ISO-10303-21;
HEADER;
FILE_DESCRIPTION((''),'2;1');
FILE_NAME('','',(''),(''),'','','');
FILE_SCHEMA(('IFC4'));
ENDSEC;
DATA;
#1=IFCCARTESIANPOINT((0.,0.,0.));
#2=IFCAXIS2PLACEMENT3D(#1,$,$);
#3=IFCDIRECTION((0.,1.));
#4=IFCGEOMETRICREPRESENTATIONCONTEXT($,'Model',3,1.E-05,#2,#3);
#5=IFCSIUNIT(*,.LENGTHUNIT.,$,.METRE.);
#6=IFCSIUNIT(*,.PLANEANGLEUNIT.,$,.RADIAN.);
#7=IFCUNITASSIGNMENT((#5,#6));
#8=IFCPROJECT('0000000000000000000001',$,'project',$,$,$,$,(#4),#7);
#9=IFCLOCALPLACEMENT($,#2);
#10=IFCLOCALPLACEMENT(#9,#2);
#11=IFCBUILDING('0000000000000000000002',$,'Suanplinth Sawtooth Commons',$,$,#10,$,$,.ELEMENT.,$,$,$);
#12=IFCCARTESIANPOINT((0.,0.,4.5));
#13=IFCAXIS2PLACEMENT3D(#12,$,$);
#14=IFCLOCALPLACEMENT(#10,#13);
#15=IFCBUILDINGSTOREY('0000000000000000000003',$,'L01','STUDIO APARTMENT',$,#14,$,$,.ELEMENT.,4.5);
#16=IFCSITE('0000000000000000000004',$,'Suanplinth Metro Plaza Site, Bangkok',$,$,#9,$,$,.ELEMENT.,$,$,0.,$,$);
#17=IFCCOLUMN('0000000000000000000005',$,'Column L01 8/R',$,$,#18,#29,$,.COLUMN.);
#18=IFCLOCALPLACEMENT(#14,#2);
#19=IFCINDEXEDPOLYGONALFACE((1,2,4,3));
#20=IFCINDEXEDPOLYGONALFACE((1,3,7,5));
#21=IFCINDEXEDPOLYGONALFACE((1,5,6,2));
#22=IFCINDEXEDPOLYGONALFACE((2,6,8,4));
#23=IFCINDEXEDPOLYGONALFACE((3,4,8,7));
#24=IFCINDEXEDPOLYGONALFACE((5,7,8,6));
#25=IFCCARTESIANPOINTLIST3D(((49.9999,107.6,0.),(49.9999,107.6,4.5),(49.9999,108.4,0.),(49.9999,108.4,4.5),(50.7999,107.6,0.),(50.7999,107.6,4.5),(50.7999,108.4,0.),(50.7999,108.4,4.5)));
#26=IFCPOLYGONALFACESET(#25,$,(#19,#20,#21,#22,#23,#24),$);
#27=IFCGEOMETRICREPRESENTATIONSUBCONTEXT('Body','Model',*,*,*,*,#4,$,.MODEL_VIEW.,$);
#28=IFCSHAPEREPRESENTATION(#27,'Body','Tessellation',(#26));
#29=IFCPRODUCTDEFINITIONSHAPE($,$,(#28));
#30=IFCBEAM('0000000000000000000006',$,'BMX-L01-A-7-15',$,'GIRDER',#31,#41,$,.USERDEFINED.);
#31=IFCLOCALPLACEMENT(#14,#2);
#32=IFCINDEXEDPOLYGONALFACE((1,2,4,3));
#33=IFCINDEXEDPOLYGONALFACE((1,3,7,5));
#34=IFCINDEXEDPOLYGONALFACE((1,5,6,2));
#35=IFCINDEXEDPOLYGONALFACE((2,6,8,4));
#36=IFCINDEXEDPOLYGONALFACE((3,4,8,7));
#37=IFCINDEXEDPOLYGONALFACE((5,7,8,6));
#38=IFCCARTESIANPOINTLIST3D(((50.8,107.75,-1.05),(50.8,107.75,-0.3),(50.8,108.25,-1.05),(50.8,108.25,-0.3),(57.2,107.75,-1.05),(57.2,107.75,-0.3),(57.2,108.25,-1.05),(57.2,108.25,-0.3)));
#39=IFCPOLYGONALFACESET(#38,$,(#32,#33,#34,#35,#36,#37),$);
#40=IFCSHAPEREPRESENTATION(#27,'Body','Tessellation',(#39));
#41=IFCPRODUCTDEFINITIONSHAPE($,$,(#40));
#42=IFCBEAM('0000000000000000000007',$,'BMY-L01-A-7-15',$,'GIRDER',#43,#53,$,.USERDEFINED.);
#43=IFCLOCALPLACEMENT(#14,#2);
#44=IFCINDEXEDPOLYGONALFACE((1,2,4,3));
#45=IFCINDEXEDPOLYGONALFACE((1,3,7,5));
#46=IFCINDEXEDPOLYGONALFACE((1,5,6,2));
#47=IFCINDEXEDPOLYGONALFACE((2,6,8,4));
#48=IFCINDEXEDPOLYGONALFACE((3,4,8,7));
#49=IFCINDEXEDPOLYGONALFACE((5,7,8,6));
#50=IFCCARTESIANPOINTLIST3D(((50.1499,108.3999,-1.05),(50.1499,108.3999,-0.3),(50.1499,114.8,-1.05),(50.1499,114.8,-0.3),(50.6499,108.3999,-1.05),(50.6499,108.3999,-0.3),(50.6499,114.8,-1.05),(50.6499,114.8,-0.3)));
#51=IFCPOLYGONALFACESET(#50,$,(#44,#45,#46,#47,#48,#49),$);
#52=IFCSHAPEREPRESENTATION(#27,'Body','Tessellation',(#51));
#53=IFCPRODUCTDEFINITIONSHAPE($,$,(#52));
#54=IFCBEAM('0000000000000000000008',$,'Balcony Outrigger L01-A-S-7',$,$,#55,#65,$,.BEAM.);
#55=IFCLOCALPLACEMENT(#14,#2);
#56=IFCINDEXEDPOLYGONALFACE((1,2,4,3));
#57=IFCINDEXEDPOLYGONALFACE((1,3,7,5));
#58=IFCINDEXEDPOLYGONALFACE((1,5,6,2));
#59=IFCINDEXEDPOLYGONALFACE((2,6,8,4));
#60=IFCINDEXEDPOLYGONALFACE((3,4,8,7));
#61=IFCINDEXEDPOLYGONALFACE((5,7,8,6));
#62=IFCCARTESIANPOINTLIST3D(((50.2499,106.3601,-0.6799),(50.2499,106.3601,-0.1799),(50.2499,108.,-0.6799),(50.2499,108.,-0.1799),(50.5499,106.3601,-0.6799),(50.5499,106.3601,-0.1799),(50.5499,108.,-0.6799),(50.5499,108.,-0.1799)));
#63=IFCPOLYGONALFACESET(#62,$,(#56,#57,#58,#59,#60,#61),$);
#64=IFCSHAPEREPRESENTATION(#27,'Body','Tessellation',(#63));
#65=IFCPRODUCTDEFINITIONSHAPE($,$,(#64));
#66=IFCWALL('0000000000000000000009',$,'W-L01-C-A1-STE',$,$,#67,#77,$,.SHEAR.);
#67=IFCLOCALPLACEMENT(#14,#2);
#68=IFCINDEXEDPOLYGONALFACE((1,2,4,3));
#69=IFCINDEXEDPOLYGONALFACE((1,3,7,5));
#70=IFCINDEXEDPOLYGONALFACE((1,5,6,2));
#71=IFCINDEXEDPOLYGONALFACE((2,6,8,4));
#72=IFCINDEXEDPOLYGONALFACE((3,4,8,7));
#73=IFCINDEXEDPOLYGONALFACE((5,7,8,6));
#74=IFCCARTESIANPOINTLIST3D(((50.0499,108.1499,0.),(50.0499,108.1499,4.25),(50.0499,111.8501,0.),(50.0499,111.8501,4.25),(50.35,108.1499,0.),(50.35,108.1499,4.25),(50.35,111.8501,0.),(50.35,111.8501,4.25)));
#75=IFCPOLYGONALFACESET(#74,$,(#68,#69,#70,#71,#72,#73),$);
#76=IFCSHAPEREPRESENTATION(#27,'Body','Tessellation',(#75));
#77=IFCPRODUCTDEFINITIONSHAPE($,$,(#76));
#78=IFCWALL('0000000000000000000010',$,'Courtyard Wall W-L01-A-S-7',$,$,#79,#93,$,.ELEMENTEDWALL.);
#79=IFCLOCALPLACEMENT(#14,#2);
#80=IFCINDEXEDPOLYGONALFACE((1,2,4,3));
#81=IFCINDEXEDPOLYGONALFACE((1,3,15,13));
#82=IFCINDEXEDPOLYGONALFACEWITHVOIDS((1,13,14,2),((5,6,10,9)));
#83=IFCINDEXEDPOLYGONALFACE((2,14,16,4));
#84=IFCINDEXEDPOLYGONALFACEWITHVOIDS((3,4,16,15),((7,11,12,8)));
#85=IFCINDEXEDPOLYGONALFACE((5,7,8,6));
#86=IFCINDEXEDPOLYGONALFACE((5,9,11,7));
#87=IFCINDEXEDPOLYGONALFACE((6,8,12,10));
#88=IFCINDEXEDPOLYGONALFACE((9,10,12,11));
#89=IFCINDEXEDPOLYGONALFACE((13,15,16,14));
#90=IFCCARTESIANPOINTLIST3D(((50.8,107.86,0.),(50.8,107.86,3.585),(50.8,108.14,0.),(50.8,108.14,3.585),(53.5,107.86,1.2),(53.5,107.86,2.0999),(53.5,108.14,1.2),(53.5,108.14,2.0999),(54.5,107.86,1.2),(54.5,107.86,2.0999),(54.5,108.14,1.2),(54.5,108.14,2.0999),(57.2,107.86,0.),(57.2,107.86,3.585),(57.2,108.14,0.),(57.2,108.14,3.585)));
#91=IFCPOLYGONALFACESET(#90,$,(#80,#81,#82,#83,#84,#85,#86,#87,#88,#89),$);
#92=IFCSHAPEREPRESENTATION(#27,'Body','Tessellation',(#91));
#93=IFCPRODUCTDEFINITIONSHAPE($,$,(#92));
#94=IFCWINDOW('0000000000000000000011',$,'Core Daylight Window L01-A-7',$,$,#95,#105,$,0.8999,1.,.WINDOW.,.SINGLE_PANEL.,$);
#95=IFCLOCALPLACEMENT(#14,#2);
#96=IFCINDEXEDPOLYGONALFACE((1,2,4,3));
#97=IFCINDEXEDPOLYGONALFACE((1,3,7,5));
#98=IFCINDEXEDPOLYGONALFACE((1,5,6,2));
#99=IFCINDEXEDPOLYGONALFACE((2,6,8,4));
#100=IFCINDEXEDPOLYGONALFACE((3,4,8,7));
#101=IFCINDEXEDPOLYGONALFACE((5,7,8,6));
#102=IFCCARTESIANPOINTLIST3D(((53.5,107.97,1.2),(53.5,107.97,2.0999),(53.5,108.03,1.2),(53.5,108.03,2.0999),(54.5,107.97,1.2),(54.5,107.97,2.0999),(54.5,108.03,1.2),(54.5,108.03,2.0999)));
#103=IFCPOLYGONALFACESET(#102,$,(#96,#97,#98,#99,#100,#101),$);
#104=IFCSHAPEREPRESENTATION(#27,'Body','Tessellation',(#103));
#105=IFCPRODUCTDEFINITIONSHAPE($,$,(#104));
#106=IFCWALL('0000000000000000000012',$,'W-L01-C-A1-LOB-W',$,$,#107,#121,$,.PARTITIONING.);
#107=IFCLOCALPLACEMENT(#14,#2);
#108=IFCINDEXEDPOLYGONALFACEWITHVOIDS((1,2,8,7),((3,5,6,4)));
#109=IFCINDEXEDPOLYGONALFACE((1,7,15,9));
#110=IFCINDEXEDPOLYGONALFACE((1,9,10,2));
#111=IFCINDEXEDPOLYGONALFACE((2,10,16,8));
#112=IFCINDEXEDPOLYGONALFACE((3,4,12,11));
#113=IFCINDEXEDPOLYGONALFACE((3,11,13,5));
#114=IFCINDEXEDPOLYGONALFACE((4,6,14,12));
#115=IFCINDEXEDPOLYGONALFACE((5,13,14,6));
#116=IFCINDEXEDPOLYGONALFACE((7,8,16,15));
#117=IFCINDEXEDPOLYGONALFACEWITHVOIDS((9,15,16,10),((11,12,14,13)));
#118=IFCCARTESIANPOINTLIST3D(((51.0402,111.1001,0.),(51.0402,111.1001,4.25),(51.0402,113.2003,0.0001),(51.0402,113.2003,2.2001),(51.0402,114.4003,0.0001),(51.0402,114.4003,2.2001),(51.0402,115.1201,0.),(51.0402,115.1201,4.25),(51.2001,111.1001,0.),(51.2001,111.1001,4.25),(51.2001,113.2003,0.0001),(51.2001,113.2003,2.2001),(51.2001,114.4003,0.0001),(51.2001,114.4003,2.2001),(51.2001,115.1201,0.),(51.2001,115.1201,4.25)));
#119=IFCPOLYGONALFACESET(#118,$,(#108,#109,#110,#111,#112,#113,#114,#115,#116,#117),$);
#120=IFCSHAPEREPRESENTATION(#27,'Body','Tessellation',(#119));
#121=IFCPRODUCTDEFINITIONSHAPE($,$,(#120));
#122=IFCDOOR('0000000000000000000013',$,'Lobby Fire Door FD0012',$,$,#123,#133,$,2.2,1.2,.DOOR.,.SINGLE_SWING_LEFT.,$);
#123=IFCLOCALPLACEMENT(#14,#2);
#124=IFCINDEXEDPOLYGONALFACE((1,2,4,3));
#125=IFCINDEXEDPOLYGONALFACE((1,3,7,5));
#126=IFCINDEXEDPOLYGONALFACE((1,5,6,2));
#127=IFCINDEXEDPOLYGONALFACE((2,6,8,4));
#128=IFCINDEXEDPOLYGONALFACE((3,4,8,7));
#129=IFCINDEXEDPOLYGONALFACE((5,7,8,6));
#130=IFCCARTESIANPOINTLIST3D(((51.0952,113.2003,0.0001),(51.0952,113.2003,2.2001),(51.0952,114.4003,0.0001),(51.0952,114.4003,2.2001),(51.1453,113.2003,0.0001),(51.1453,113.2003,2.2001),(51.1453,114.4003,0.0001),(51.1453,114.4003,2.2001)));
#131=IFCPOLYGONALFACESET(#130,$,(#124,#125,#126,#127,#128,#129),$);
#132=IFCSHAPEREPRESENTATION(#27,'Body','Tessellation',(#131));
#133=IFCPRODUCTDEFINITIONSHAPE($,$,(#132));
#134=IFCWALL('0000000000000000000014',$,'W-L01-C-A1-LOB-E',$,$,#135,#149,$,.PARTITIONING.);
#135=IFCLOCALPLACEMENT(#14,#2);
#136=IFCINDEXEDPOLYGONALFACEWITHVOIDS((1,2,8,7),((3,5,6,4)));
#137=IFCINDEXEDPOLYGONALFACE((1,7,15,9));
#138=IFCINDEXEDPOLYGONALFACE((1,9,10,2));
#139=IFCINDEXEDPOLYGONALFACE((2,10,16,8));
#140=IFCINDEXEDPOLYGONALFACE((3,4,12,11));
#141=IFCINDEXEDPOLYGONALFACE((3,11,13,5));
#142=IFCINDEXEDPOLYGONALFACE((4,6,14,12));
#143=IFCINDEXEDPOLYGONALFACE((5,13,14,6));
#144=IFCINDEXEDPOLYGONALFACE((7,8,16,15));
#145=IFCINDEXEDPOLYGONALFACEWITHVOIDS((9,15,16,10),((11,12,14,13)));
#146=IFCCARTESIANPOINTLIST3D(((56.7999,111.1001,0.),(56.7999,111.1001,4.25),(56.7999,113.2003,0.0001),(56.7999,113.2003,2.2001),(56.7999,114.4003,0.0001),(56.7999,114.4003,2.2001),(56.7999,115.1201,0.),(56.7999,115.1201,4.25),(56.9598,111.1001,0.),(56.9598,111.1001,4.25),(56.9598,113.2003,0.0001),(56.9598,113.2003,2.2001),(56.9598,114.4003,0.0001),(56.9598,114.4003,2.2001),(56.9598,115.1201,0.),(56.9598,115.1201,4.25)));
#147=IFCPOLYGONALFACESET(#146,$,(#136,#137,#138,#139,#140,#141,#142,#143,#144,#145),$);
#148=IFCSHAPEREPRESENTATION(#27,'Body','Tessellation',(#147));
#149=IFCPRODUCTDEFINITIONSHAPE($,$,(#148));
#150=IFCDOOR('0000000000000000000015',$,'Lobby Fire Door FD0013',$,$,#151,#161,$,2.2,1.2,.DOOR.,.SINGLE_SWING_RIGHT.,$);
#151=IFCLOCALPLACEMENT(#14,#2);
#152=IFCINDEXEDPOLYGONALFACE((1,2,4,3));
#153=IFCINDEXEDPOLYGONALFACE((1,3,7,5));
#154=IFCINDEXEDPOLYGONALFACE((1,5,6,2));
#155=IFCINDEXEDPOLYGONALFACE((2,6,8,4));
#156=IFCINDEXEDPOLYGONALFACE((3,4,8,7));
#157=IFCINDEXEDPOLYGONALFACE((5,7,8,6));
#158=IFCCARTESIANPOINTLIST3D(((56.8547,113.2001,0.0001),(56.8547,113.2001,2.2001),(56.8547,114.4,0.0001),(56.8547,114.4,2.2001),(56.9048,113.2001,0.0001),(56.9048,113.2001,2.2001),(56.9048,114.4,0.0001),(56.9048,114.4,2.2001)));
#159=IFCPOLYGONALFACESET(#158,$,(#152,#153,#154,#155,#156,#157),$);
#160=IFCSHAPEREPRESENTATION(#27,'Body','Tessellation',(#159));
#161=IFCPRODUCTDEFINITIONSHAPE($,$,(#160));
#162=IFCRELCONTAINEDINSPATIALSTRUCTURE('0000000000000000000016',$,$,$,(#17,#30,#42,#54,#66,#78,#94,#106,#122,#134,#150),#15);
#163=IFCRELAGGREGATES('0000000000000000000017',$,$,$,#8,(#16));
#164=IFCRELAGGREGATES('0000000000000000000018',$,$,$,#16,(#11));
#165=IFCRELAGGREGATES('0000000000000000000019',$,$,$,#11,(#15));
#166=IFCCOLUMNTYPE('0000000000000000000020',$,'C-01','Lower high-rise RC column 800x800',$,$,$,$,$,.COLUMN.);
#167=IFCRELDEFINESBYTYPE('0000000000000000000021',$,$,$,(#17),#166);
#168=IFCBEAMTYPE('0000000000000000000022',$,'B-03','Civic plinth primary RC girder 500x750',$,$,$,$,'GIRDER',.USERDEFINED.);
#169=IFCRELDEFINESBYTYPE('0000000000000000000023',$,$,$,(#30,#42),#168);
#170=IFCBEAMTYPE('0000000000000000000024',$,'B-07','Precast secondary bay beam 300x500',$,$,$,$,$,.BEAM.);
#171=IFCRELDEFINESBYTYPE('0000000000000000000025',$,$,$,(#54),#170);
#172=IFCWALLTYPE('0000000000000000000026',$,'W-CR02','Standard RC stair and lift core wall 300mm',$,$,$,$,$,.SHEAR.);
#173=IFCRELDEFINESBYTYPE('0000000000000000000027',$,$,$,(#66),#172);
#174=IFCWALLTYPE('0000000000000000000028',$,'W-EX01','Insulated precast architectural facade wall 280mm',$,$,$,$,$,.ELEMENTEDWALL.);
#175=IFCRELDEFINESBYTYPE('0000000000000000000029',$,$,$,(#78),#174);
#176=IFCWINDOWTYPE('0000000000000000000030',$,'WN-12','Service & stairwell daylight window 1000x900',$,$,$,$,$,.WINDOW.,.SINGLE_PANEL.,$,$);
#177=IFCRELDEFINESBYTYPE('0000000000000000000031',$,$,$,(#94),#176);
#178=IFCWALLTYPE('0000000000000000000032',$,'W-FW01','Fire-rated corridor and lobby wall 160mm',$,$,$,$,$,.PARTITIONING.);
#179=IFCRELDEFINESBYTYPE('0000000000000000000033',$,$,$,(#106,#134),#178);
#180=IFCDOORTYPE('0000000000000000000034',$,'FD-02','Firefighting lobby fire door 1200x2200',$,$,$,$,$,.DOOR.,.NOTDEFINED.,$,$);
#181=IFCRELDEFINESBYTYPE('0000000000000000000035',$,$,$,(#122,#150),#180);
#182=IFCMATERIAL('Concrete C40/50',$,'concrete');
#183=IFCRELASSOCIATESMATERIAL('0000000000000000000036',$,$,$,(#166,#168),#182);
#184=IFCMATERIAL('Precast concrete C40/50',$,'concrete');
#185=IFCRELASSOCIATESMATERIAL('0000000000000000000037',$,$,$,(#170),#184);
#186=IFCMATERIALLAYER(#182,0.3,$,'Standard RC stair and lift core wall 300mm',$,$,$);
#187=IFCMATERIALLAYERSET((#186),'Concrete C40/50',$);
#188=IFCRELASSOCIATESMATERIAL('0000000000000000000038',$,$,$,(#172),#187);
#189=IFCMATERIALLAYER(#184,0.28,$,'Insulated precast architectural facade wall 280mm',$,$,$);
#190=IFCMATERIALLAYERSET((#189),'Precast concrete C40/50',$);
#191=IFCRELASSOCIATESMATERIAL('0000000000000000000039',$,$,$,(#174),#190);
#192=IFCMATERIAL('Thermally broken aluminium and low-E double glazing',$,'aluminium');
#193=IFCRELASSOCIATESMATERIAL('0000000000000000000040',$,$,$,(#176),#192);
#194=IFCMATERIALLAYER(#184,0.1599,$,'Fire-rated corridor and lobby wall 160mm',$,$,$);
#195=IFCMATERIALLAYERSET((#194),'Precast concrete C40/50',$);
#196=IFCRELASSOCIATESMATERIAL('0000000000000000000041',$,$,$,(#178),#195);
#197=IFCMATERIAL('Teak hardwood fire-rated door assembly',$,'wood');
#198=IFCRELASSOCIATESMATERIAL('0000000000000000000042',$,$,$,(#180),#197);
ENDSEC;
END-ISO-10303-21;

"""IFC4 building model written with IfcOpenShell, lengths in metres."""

from ifc_helpers import new_model, si_unit, direction, frame, frame_2d, origin, origin_2d, place, context, subcontext, project, spatial, rectangle, extrude, material, layer, layer_set, material_profile, profile_set, type_object, element, fill, save


model = new_model("IFC4")

# Units and contexts
model_context = context("Model", 3, precision=1e-05, world=origin(), true_north=direction((0.0, 1.0)))
body_context = subcontext(model_context, "Body", "Model", "MODEL_VIEW")
ifc_project = project(units=[si_unit("LENGTHUNIT", "METRE"), si_unit("PLANEANGLEUNIT", "RADIAN")], contexts=[model_context])

# Site, building, storey
site_placement = place(None, origin())
site = spatial("IfcSite", under=ifc_project, at=site_placement, Name="Suanplinth Metro Plaza Site, Bangkok", CompositionType="ELEMENT", RefElevation=0.0)
building_placement = place(site_placement, origin())
building = spatial("IfcBuilding", under=site, at=building_placement, Name="Suanplinth Sawtooth Commons", CompositionType="ELEMENT")
storey_placement = place(building_placement, frame((0.0, 0.0, 4.5)))
storey = spatial("IfcBuildingStorey", under=building, at=storey_placement, Name="L01", Description="STUDIO APARTMENT", CompositionType="ELEMENT", Elevation=4.5)

# Column
ifc_material_1 = material(Name="Concrete C40/50", Category="concrete")
ifc_material_profile_1 = material_profile(ifc_material_1, rectangle(XDim=0.8, YDim=0.8, at=origin_2d()), Name="RC-COL 800x800")
ifc_profile_set_1 = profile_set([ifc_material_profile_1], Name="Concrete C40/50")
column_type = type_object("IfcColumnType", Name="C-01", Description="Lower high-rise RC column 800x800", PredefinedType="COLUMN", material=ifc_profile_set_1)
column_placement = place(storey_placement, frame((50.3999, 108.0, 0.0), z_axis=(0.0, 0.0, 1.0), x_axis=(1.0, 0.0, 0.0)))
element("IfcColumn", 1, at=column_placement, inside=storey, type_object=column_type, Name="Column L01 8/R", PredefinedType="COLUMN", context=body_context, shape_type="SweptSolid", body=[
    extrude(rectangle(XDim=0.8, YDim=0.8, at=origin_2d()), origin(), (0.0, 0.0, 1.0), 4.5),
])

# Beams
ifc_material_profile_2 = material_profile(ifc_material_1, rectangle(XDim=0.5, YDim=0.75, at=origin_2d()), Name="RC-GDR 500x750")
ifc_profile_set_2 = profile_set([ifc_material_profile_2], Name="Concrete C40/50")
beam_type_1 = type_object("IfcBeamType", Name="B-03", Description="Civic plinth primary RC girder 500x750", ElementType="GIRDER", PredefinedType="USERDEFINED", material=ifc_profile_set_2)
beam_1_placement = place(storey_placement, frame((50.8, 108.0, -0.675), z_axis=(1.0, 0.0, 0.0), x_axis=(0.0, 1.0, 0.0)))
element("IfcBeam", 2, at=beam_1_placement, inside=storey, type_object=beam_type_1, Name="BMX-L01-A-7-15", ObjectType="GIRDER", PredefinedType="USERDEFINED", context=body_context, shape_type="SweptSolid", body=[
    extrude(rectangle(XDim=0.5, YDim=0.75, at=origin_2d()), origin(), (0.0, 0.0, 1.0), 6.3999),
])
beam_2_placement = place(storey_placement, frame((50.3999, 108.3999, -0.675), z_axis=(0.0, 1.0, 0.0), x_axis=(-1.0, 0.0, 0.0)))
element("IfcBeam", 3, at=beam_2_placement, inside=storey, type_object=beam_type_1, Name="BMY-L01-A-7-15", ObjectType="GIRDER", PredefinedType="USERDEFINED", context=body_context, shape_type="SweptSolid", body=[
    extrude(rectangle(XDim=0.5, YDim=0.75, at=origin_2d()), origin(), (0.0, 0.0, 1.0), 6.4001),
])
ifc_material_2 = material(Name="Precast concrete C40/50", Category="concrete")
ifc_material_profile_3 = material_profile(ifc_material_2, rectangle(XDim=0.3, YDim=0.5, at=origin_2d()), Name="PC-BM 300x500")
ifc_profile_set_3 = profile_set([ifc_material_profile_3], Name="Precast concrete C40/50")
beam_type_2 = type_object("IfcBeamType", Name="B-07", Description="Precast secondary bay beam 300x500", PredefinedType="BEAM", material=ifc_profile_set_3)
beam_3_placement = place(storey_placement, frame((50.3999, 108.0, -0.4299), z_axis=(0.0, -1.0, 0.0), x_axis=(1.0, 0.0, 0.0)))
element("IfcBeam", 4, at=beam_3_placement, inside=storey, type_object=beam_type_2, Name="Balcony Outrigger L01-A-S-7", PredefinedType="BEAM", context=body_context, shape_type="SweptSolid", body=[
    extrude(rectangle(XDim=0.3, YDim=0.5, at=origin_2d()), origin(), (0.0, 0.0, 1.0), 1.6399),
])

# Wall
ifc_layer_1 = layer(ifc_material_1, 0.3, Name="Standard RC stair and lift core wall 300mm")
ifc_layer_set_1 = layer_set([ifc_layer_1], Name="Concrete C40/50")
wall_type_1 = type_object("IfcWallType", Name="W-CR02", Description="Standard RC stair and lift core wall 300mm", PredefinedType="SHEAR", material=ifc_layer_set_1)
wall_1_placement = place(storey_placement, frame((50.2, 108.1499, 0.0), z_axis=(0.0, 0.0, 1.0), x_axis=(0.0, 1.0, 0.0)))
element("IfcWall", 5, at=wall_1_placement, inside=storey, type_object=wall_type_1, Name="W-L01-C-A1-STE", PredefinedType="SHEAR", context=body_context, shape_type="SweptSolid", body=[
    extrude(rectangle(XDim=3.7002, YDim=0.3, at=frame_2d((1.8501, 0.0))), origin(), (0.0, 0.0, 1.0), 4.25),
])

# Wall, opening, window
ifc_layer_2 = layer(ifc_material_2, 0.28, Name="Insulated precast architectural facade wall 280mm")
ifc_layer_set_2 = layer_set([ifc_layer_2], Name="Precast concrete C40/50")
wall_type_2 = type_object("IfcWallType", Name="W-EX01", Description="Insulated precast architectural facade wall 280mm", PredefinedType="ELEMENTEDWALL", material=ifc_layer_set_2)
wall_2_placement = place(storey_placement, frame((50.8, 108.0, 0.0), z_axis=(0.0, 0.0, 1.0), x_axis=(1.0, 0.0, 0.0)))
wall_2 = element("IfcWall", 6, at=wall_2_placement, inside=storey, type_object=wall_type_2, Name="Courtyard Wall W-L01-A-S-7", PredefinedType="ELEMENTEDWALL", context=body_context, shape_type="SweptSolid", body=[
    extrude(rectangle(XDim=6.3999, YDim=0.28, at=frame_2d((3.2, 0.0))), origin(), (0.0, 0.0, 1.0), 3.585),
])
opening_1_placement = place(wall_2_placement, frame((2.7, 0.0, 1.2)))
opening_1 = element("IfcOpeningElement", 7, at=opening_1_placement, cuts=wall_2, PredefinedType="OPENING", context=body_context, shape_type="SweptSolid", body=[
    extrude(rectangle(XDim=1.0, YDim=0.8999, at=frame_2d((0.5, 0.45))), frame((0.0, 0.1548, 0.0), z_axis=(0.0, -1.0, 0.0), x_axis=(1.0, 0.0, 0.0)), (0.0, 0.0, 1.0), 0.3098),
])
ifc_material_3 = material(Name="Thermally broken aluminium and low-E double glazing", Category="aluminium")
window_type = type_object("IfcWindowType", Name="WN-12", Description="Service & stairwell daylight window 1000x900", PartitioningType="SINGLE_PANEL", PredefinedType="WINDOW", material=ifc_material_3)
window_placement = place(opening_1_placement, origin())
window = element("IfcWindow", 8, at=window_placement, inside=storey, type_object=window_type, Name="Core Daylight Window L01-A-7", OverallHeight=0.8999, OverallWidth=1.0, PartitioningType="SINGLE_PANEL", PredefinedType="WINDOW", context=body_context, shape_type="SweptSolid", body=[
    extrude(rectangle(XDim=1.0, YDim=0.8999, at=frame_2d((0.5, 0.45))), frame((0.0, 0.03, 0.0), z_axis=(0.0, -1.0, 0.0), x_axis=(1.0, 0.0, 0.0)), (0.0, 0.0, 1.0), 0.0601),
])
fill(opening_1, window)

# Walls, openings, doors
ifc_layer_3 = layer(ifc_material_2, 0.1599, Name="Fire-rated corridor and lobby wall 160mm")
ifc_layer_set_3 = layer_set([ifc_layer_3], Name="Precast concrete C40/50")
wall_type_3 = type_object("IfcWallType", Name="W-FW01", Description="Fire-rated corridor and lobby wall 160mm", PredefinedType="PARTITIONING", material=ifc_layer_set_3)
wall_3_placement = place(storey_placement, frame((51.1201, 111.1001, 0.0), z_axis=(0.0, 0.0, 1.0), x_axis=(0.0, 1.0, 0.0)))
wall_3 = element("IfcWall", 9, at=wall_3_placement, inside=storey, type_object=wall_type_3, Name="W-L01-C-A1-LOB-W", PredefinedType="PARTITIONING", context=body_context, shape_type="SweptSolid", body=[
    extrude(rectangle(XDim=4.02, YDim=0.1599, at=frame_2d((2.01, 0.0))), origin(), (0.0, 0.0, 1.0), 4.25),
])
opening_2_placement = place(wall_3_placement, frame((2.1001, 0.0, 0.0)))
opening_2 = element("IfcOpeningElement", 10, at=opening_2_placement, cuts=wall_3, PredefinedType="OPENING", context=body_context, shape_type="SweptSolid", body=[
    extrude(rectangle(XDim=1.2, YDim=2.2, at=frame_2d((0.6001, 1.1001))), frame((0.0, 0.0947, 0.0), z_axis=(0.0, -1.0, 0.0), x_axis=(1.0, 0.0, 0.0)), (0.0, 0.0, 1.0), 0.1897),
])
ifc_material_4 = material(Name="Teak hardwood fire-rated door assembly", Category="wood")
door_type_1 = type_object("IfcDoorType", Name="FD-02", Description="Firefighting lobby fire door 1200x2200", OperationType="NOTDEFINED", PredefinedType="DOOR", material=ifc_material_4)
door_1_placement = place(opening_2_placement, origin())
door_1 = element("IfcDoor", 11, at=door_1_placement, inside=storey, type_object=door_type_1, Name="Lobby Fire Door FD0012", OperationType="SINGLE_SWING_LEFT", OverallHeight=2.2, OverallWidth=1.2, PredefinedType="DOOR", context=body_context, shape_type="SweptSolid", body=[
    extrude(rectangle(XDim=1.2, YDim=2.2, at=frame_2d((0.6001, 1.1001))), frame((0.0, 0.0249, 0.0), z_axis=(0.0, -1.0, 0.0), x_axis=(1.0, 0.0, 0.0)), (0.0, 0.0, 1.0), 0.05),
])
fill(opening_2, door_1)
wall_4_placement = place(storey_placement, frame((56.8799, 111.1001, 0.0), z_axis=(0.0, 0.0, 1.0), x_axis=(0.0, 1.0, 0.0)))
wall_4 = element("IfcWall", 12, at=wall_4_placement, inside=storey, type_object=wall_type_3, Name="W-L01-C-A1-LOB-E", PredefinedType="PARTITIONING", context=body_context, shape_type="SweptSolid", body=[
    extrude(rectangle(XDim=4.02, YDim=0.1599, at=frame_2d((2.01, 0.0))), origin(), (0.0, 0.0, 1.0), 4.25),
])
opening_3_placement = place(wall_4_placement, frame((2.1001, 0.0, 0.0)))
opening_3 = element("IfcOpeningElement", 13, at=opening_3_placement, cuts=wall_4, PredefinedType="OPENING", context=body_context, shape_type="SweptSolid", body=[
    extrude(rectangle(XDim=1.2, YDim=2.2, at=frame_2d((0.6001, 1.1001))), frame((0.0, 0.0947, 0.0), z_axis=(0.0, -1.0, 0.0), x_axis=(1.0, 0.0, 0.0)), (0.0, 0.0, 1.0), 0.1897),
])
door_2_placement = place(opening_3_placement, frame((1.2, 0.0, 0.0), z_axis=(0.0, 0.0, 1.0), x_axis=(-1.0, 0.0, 0.0)))
door_2 = element("IfcDoor", 14, at=door_2_placement, inside=storey, type_object=door_type_1, Name="Lobby Fire Door FD0013", OperationType="SINGLE_SWING_RIGHT", OverallHeight=2.2, OverallWidth=1.2, PredefinedType="DOOR", context=body_context, shape_type="SweptSolid", body=[
    extrude(rectangle(XDim=1.2, YDim=2.2, at=frame_2d((0.6001, 1.1001))), frame((0.0, 0.0249, 0.0), z_axis=(0.0, -1.0, 0.0), x_axis=(1.0, 0.0, 0.0)), (0.0, 0.0, 1.0), 0.05),
])
fill(opening_3, door_2)

save(model, "model.ifc")
